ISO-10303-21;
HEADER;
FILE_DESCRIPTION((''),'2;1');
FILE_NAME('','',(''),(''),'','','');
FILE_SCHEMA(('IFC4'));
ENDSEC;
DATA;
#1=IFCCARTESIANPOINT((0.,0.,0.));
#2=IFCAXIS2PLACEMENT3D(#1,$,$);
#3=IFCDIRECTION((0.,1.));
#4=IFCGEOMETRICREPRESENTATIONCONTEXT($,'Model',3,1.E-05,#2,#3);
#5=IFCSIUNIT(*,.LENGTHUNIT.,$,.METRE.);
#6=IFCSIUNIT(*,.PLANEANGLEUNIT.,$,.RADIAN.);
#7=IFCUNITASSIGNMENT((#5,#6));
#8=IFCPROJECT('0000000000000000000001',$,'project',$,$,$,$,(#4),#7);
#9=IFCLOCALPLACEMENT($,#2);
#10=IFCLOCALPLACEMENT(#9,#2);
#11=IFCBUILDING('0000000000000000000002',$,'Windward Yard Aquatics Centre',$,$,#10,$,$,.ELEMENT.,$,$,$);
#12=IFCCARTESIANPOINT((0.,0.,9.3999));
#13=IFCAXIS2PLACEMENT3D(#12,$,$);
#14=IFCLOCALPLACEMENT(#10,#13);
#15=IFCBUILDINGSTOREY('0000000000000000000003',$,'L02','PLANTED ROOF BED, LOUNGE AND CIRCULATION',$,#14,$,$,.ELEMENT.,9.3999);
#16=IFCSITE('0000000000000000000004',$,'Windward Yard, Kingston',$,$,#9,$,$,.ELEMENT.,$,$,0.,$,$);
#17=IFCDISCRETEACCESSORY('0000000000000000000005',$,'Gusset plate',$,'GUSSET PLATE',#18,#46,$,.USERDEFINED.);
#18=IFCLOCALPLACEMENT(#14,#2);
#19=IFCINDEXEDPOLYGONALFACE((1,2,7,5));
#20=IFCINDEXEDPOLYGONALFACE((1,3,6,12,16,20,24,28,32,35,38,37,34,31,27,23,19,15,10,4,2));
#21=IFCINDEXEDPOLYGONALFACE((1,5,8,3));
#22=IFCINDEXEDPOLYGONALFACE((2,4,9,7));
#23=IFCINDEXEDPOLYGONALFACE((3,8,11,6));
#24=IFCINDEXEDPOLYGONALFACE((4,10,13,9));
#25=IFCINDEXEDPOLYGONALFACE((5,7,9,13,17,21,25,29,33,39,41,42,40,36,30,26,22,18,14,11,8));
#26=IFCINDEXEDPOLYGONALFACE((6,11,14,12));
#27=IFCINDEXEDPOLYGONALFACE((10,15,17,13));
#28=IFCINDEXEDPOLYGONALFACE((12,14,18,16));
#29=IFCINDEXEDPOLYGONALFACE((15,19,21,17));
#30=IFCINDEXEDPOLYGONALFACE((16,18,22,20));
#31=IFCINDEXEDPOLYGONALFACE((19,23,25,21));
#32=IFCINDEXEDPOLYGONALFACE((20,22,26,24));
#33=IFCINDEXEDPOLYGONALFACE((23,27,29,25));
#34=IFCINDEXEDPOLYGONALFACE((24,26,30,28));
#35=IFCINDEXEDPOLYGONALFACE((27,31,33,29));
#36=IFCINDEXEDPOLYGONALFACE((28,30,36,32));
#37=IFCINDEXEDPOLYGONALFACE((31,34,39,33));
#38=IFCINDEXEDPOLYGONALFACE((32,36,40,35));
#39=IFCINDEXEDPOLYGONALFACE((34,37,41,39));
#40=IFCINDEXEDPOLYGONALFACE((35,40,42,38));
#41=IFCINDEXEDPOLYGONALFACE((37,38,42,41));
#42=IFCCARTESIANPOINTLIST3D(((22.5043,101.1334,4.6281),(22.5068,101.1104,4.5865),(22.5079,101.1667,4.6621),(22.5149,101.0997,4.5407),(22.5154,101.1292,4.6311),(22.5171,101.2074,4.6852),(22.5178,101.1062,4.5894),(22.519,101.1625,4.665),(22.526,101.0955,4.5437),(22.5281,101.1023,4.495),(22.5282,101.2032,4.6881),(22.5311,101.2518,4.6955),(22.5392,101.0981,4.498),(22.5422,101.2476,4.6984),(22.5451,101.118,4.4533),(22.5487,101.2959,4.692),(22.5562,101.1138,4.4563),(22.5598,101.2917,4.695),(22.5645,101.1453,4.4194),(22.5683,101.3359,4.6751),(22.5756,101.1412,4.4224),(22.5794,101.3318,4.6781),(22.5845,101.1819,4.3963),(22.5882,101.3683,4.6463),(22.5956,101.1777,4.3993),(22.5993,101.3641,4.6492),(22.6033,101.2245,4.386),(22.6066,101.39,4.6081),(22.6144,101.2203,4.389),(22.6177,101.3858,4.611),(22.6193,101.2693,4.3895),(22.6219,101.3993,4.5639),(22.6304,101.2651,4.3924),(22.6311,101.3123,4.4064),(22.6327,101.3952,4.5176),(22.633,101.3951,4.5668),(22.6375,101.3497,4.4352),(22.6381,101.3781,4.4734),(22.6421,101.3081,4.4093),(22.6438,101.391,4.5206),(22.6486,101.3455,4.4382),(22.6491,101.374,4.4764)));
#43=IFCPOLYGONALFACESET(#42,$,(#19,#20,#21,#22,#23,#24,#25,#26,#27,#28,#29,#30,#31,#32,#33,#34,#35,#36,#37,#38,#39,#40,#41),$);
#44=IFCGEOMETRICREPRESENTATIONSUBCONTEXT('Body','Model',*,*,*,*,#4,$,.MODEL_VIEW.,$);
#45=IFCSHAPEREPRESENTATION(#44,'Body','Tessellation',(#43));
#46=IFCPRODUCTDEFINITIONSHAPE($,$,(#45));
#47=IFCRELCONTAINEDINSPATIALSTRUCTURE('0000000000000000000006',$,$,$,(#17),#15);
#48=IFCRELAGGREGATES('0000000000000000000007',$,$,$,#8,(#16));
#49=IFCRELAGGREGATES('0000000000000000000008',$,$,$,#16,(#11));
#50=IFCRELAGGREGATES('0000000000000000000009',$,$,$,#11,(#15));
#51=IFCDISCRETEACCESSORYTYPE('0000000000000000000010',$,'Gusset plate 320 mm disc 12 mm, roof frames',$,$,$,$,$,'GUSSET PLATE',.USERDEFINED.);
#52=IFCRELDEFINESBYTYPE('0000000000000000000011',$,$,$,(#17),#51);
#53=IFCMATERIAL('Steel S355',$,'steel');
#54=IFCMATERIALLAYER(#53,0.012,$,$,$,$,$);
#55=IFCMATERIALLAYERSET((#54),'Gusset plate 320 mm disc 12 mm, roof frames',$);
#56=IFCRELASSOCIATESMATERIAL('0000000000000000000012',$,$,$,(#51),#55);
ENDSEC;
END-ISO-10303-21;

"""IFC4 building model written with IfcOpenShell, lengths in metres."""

from ifc_helpers import new_model, si_unit, direction, frame, origin, origin_2d, place, context, subcontext, project, spatial, circle, extrude, material, layer, layer_set, type_object, element, save


model = new_model("IFC4")

# Units and contexts
model_context = context("Model", 3, precision=1e-05, world=origin(), true_north=direction((0.0, 1.0)))
body_context = subcontext(model_context, "Body", "Model", "MODEL_VIEW")
ifc_project = project(units=[si_unit("LENGTHUNIT", "METRE"), si_unit("PLANEANGLEUNIT", "RADIAN")], contexts=[model_context])

# Site, building, storey
site_placement = place(None, origin())
site = spatial("IfcSite", under=ifc_project, at=site_placement, Name="Windward Yard, Kingston", CompositionType="ELEMENT", RefElevation=0.0)
building_placement = place(site_placement, origin())
building = spatial("IfcBuilding", under=site, at=building_placement, Name="Windward Yard Aquatics Centre", CompositionType="ELEMENT")
storey_placement = place(building_placement, frame((0.0, 0.0, 9.3999)))
storey = spatial("IfcBuildingStorey", under=building, at=storey_placement, Name="L02", Description="PLANTED ROOF BED, LOUNGE AND CIRCULATION", CompositionType="ELEMENT", Elevation=9.3999)

# Shared definitions
ifc_material_1 = material(Name="Steel S355", Category="steel")

# Discrete accessory
ifc_layer_1 = layer(ifc_material_1, 0.012)
ifc_layer_set_1 = layer_set([ifc_layer_1], Name="Gusset plate 320 mm disc 12 mm, roof frames")
discrete_accessory_type_1 = type_object("IfcDiscreteAccessoryType", Name="Gusset plate 320 mm disc 12 mm, roof frames", ElementType="GUSSET PLATE", PredefinedType="USERDEFINED", material=ifc_layer_set_1)
discrete_accessory_1_placement = place(storey_placement, frame((22.5825, 101.2451, 4.5437), z_axis=(-0.907657, 0.342892, -0.242042), x_axis=(-0.353401, -0.935472, 0.0)))
element("IfcDiscreteAccessory", 1, at=discrete_accessory_1_placement, inside=storey, type_object=discrete_accessory_type_1, Name="Gusset plate", ObjectType="GUSSET PLATE", PredefinedType="USERDEFINED", context=body_context, shape_type="SweptSolid", body=[
    extrude(circle(Radius=0.1599, at=origin_2d()), origin(), (0.0, 0.0, 1.0), 0.0122),
])

save(model, "model.ifc")
